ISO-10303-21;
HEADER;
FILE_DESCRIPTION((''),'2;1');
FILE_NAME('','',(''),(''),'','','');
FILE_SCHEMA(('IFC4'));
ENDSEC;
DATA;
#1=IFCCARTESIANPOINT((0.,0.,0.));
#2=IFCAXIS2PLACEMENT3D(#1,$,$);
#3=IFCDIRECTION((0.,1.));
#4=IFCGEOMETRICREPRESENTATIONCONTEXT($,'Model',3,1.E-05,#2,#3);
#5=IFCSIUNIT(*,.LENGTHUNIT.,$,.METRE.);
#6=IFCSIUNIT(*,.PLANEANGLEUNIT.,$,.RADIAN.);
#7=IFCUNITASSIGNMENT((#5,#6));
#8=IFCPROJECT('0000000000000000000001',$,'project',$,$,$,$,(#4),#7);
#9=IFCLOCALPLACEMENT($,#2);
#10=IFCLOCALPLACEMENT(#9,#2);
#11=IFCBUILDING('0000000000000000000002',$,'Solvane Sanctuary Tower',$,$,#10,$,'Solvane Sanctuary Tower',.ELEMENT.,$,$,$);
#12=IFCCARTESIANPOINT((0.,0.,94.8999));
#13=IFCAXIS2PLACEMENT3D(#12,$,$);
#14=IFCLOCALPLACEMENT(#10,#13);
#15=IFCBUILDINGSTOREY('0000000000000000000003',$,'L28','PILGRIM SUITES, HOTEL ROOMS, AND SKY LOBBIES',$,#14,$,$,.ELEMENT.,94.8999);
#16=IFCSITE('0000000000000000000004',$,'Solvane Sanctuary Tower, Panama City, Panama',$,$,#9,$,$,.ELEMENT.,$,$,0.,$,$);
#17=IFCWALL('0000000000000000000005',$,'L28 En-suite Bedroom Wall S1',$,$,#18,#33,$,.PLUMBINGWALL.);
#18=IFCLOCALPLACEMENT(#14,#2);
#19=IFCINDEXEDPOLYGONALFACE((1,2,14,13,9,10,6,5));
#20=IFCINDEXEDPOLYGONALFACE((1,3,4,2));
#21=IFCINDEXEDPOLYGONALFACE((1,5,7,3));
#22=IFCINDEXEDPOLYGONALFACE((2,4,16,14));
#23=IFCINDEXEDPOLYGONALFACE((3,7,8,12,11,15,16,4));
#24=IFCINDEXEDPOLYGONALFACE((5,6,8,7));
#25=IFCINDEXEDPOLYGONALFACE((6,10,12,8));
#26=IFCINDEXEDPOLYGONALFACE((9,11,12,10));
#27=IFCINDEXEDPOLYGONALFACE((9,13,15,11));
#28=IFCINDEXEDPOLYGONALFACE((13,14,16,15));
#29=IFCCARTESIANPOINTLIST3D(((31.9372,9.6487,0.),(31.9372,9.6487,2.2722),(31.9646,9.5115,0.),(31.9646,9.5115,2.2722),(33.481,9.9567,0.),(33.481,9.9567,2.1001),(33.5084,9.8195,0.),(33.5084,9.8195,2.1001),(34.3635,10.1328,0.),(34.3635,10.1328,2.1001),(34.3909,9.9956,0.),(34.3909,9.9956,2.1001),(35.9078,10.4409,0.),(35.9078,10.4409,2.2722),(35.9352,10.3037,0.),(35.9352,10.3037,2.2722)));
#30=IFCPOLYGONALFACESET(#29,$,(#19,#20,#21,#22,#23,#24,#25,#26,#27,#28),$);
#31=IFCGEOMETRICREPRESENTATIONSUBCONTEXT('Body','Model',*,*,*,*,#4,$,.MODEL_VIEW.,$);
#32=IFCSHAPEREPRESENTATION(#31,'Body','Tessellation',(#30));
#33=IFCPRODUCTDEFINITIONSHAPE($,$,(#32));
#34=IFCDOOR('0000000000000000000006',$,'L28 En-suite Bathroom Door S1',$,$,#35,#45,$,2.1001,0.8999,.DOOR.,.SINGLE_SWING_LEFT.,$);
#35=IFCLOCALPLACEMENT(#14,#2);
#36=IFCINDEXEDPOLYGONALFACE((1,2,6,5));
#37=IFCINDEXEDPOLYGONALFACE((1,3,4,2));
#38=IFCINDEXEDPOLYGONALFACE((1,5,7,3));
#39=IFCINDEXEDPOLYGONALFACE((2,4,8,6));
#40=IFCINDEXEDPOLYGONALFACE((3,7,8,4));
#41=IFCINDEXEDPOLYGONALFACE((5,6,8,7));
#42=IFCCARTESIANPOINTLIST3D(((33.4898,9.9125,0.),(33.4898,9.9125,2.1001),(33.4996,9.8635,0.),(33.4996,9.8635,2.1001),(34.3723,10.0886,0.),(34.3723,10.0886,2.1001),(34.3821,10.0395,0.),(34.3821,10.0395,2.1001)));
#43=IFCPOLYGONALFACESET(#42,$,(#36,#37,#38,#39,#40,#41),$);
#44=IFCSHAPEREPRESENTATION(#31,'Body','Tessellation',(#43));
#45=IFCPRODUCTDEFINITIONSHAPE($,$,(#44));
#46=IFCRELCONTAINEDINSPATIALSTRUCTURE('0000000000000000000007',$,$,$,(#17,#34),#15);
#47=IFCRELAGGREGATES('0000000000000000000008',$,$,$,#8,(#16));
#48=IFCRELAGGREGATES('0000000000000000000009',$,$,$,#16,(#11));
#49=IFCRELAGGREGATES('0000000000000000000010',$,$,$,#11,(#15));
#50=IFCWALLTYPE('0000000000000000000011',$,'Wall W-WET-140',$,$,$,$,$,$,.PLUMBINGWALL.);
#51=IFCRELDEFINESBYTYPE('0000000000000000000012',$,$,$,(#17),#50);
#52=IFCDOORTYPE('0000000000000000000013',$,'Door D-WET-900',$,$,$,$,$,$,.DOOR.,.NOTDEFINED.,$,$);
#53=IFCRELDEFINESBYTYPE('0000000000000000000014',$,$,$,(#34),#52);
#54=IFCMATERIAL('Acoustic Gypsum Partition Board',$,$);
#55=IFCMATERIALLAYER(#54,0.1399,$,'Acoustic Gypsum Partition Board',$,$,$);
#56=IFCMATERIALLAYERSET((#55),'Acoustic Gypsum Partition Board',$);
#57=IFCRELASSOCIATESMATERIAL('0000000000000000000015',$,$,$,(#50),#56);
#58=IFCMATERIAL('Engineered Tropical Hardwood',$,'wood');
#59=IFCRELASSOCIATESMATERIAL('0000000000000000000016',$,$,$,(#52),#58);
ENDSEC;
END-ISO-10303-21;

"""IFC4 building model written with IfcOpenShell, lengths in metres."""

from ifc_helpers import new_model, si_unit, direction, frame, frame_2d, origin, place, context, subcontext, project, spatial, rectangle, extrude, material, layer, layer_set, type_object, element, fill, save


model = new_model("IFC4")

# Units and contexts
model_context = context("Model", 3, precision=1e-05, world=origin(), true_north=direction((0.0, 1.0)))
body_context = subcontext(model_context, "Body", "Model", "MODEL_VIEW")
ifc_project = project(units=[si_unit("LENGTHUNIT", "METRE"), si_unit("PLANEANGLEUNIT", "RADIAN")], contexts=[model_context])

# Site, building, storey
site_placement = place(None, origin())
site = spatial("IfcSite", under=ifc_project, at=site_placement, Name="Solvane Sanctuary Tower, Panama City, Panama", CompositionType="ELEMENT", RefElevation=0.0)
building_placement = place(site_placement, origin())
building = spatial("IfcBuilding", under=site, at=building_placement, Name="Solvane Sanctuary Tower", LongName="Solvane Sanctuary Tower", CompositionType="ELEMENT")
storey_placement = place(building_placement, frame((0.0, 0.0, 94.8999)))
storey = spatial("IfcBuildingStorey", under=building, at=storey_placement, Name="L28", Description="PILGRIM SUITES, HOTEL ROOMS, AND SKY LOBBIES", CompositionType="ELEMENT", Elevation=94.8999)

# Shared definitions
ifc_material_1 = material(Name="Acoustic Gypsum Partition Board")

# Shared definitions
ifc_material_2 = material(Name="Engineered Tropical Hardwood", Category="wood")

# Wall, opening, door
ifc_layer_1 = layer(ifc_material_1, 0.1399, Name="Acoustic Gypsum Partition Board")
ifc_layer_set_1 = layer_set([ifc_layer_1], Name="Acoustic Gypsum Partition Board")
wall_type_1 = type_object("IfcWallType", Name="Wall W-WET-140", PredefinedType="PLUMBINGWALL", material=ifc_layer_set_1)
wall_1_placement = place(storey_placement, frame((31.9509, 9.5801, 0.0), z_axis=(0.0, 0.0, 1.0), x_axis=(0.980669, 0.195675, 0.0)))
wall_1 = element("IfcWall", 1, at=wall_1_placement, inside=storey, type_object=wall_type_1, Name="L28 En-suite Bedroom Wall S1", PredefinedType="PLUMBINGWALL", context=body_context, shape_type="SweptSolid", body=[
    extrude(rectangle(XDim=4.0488, YDim=0.1399, at=frame_2d((2.0244, 0.0))), origin(), (0.0, 0.0, 1.0), 2.2722),
])
opening_1_placement = place(wall_1_placement, frame((1.5742, 0.0, 0.0)))
opening_1 = element("IfcOpeningElement", 2, at=opening_1_placement, cuts=wall_1, PredefinedType="OPENING", context=body_context, shape_type="SweptSolid", body=[
    extrude(rectangle(XDim=0.8999, YDim=2.1001, at=frame_2d((0.45, 1.05))), frame((0.0, 0.0798, 0.0), z_axis=(0.0, -1.0, 0.0), x_axis=(1.0, 0.0, 0.0)), (0.0, 0.0, 1.0), 0.1599),
])
door_type_1 = type_object("IfcDoorType", Name="Door D-WET-900", OperationType="NOTDEFINED", PredefinedType="DOOR", material=ifc_material_2)
door_1_placement = place(opening_1_placement, origin())
door_1 = element("IfcDoor", 3, at=door_1_placement, inside=storey, type_object=door_type_1, Name="L28 En-suite Bathroom Door S1", OperationType="SINGLE_SWING_LEFT", OverallHeight=2.1001, OverallWidth=0.8999, PredefinedType="DOOR", context=body_context, shape_type="SweptSolid", body=[
    extrude(rectangle(XDim=0.8999, YDim=2.1001, at=frame_2d((0.45, 1.05))), frame((0.0, 0.0249, 0.0), z_axis=(0.0, -1.0, 0.0), x_axis=(1.0, 0.0, 0.0)), (0.0, 0.0, 1.0), 0.05),
])
fill(opening_1, door_1)

save(model, "model.ifc")
